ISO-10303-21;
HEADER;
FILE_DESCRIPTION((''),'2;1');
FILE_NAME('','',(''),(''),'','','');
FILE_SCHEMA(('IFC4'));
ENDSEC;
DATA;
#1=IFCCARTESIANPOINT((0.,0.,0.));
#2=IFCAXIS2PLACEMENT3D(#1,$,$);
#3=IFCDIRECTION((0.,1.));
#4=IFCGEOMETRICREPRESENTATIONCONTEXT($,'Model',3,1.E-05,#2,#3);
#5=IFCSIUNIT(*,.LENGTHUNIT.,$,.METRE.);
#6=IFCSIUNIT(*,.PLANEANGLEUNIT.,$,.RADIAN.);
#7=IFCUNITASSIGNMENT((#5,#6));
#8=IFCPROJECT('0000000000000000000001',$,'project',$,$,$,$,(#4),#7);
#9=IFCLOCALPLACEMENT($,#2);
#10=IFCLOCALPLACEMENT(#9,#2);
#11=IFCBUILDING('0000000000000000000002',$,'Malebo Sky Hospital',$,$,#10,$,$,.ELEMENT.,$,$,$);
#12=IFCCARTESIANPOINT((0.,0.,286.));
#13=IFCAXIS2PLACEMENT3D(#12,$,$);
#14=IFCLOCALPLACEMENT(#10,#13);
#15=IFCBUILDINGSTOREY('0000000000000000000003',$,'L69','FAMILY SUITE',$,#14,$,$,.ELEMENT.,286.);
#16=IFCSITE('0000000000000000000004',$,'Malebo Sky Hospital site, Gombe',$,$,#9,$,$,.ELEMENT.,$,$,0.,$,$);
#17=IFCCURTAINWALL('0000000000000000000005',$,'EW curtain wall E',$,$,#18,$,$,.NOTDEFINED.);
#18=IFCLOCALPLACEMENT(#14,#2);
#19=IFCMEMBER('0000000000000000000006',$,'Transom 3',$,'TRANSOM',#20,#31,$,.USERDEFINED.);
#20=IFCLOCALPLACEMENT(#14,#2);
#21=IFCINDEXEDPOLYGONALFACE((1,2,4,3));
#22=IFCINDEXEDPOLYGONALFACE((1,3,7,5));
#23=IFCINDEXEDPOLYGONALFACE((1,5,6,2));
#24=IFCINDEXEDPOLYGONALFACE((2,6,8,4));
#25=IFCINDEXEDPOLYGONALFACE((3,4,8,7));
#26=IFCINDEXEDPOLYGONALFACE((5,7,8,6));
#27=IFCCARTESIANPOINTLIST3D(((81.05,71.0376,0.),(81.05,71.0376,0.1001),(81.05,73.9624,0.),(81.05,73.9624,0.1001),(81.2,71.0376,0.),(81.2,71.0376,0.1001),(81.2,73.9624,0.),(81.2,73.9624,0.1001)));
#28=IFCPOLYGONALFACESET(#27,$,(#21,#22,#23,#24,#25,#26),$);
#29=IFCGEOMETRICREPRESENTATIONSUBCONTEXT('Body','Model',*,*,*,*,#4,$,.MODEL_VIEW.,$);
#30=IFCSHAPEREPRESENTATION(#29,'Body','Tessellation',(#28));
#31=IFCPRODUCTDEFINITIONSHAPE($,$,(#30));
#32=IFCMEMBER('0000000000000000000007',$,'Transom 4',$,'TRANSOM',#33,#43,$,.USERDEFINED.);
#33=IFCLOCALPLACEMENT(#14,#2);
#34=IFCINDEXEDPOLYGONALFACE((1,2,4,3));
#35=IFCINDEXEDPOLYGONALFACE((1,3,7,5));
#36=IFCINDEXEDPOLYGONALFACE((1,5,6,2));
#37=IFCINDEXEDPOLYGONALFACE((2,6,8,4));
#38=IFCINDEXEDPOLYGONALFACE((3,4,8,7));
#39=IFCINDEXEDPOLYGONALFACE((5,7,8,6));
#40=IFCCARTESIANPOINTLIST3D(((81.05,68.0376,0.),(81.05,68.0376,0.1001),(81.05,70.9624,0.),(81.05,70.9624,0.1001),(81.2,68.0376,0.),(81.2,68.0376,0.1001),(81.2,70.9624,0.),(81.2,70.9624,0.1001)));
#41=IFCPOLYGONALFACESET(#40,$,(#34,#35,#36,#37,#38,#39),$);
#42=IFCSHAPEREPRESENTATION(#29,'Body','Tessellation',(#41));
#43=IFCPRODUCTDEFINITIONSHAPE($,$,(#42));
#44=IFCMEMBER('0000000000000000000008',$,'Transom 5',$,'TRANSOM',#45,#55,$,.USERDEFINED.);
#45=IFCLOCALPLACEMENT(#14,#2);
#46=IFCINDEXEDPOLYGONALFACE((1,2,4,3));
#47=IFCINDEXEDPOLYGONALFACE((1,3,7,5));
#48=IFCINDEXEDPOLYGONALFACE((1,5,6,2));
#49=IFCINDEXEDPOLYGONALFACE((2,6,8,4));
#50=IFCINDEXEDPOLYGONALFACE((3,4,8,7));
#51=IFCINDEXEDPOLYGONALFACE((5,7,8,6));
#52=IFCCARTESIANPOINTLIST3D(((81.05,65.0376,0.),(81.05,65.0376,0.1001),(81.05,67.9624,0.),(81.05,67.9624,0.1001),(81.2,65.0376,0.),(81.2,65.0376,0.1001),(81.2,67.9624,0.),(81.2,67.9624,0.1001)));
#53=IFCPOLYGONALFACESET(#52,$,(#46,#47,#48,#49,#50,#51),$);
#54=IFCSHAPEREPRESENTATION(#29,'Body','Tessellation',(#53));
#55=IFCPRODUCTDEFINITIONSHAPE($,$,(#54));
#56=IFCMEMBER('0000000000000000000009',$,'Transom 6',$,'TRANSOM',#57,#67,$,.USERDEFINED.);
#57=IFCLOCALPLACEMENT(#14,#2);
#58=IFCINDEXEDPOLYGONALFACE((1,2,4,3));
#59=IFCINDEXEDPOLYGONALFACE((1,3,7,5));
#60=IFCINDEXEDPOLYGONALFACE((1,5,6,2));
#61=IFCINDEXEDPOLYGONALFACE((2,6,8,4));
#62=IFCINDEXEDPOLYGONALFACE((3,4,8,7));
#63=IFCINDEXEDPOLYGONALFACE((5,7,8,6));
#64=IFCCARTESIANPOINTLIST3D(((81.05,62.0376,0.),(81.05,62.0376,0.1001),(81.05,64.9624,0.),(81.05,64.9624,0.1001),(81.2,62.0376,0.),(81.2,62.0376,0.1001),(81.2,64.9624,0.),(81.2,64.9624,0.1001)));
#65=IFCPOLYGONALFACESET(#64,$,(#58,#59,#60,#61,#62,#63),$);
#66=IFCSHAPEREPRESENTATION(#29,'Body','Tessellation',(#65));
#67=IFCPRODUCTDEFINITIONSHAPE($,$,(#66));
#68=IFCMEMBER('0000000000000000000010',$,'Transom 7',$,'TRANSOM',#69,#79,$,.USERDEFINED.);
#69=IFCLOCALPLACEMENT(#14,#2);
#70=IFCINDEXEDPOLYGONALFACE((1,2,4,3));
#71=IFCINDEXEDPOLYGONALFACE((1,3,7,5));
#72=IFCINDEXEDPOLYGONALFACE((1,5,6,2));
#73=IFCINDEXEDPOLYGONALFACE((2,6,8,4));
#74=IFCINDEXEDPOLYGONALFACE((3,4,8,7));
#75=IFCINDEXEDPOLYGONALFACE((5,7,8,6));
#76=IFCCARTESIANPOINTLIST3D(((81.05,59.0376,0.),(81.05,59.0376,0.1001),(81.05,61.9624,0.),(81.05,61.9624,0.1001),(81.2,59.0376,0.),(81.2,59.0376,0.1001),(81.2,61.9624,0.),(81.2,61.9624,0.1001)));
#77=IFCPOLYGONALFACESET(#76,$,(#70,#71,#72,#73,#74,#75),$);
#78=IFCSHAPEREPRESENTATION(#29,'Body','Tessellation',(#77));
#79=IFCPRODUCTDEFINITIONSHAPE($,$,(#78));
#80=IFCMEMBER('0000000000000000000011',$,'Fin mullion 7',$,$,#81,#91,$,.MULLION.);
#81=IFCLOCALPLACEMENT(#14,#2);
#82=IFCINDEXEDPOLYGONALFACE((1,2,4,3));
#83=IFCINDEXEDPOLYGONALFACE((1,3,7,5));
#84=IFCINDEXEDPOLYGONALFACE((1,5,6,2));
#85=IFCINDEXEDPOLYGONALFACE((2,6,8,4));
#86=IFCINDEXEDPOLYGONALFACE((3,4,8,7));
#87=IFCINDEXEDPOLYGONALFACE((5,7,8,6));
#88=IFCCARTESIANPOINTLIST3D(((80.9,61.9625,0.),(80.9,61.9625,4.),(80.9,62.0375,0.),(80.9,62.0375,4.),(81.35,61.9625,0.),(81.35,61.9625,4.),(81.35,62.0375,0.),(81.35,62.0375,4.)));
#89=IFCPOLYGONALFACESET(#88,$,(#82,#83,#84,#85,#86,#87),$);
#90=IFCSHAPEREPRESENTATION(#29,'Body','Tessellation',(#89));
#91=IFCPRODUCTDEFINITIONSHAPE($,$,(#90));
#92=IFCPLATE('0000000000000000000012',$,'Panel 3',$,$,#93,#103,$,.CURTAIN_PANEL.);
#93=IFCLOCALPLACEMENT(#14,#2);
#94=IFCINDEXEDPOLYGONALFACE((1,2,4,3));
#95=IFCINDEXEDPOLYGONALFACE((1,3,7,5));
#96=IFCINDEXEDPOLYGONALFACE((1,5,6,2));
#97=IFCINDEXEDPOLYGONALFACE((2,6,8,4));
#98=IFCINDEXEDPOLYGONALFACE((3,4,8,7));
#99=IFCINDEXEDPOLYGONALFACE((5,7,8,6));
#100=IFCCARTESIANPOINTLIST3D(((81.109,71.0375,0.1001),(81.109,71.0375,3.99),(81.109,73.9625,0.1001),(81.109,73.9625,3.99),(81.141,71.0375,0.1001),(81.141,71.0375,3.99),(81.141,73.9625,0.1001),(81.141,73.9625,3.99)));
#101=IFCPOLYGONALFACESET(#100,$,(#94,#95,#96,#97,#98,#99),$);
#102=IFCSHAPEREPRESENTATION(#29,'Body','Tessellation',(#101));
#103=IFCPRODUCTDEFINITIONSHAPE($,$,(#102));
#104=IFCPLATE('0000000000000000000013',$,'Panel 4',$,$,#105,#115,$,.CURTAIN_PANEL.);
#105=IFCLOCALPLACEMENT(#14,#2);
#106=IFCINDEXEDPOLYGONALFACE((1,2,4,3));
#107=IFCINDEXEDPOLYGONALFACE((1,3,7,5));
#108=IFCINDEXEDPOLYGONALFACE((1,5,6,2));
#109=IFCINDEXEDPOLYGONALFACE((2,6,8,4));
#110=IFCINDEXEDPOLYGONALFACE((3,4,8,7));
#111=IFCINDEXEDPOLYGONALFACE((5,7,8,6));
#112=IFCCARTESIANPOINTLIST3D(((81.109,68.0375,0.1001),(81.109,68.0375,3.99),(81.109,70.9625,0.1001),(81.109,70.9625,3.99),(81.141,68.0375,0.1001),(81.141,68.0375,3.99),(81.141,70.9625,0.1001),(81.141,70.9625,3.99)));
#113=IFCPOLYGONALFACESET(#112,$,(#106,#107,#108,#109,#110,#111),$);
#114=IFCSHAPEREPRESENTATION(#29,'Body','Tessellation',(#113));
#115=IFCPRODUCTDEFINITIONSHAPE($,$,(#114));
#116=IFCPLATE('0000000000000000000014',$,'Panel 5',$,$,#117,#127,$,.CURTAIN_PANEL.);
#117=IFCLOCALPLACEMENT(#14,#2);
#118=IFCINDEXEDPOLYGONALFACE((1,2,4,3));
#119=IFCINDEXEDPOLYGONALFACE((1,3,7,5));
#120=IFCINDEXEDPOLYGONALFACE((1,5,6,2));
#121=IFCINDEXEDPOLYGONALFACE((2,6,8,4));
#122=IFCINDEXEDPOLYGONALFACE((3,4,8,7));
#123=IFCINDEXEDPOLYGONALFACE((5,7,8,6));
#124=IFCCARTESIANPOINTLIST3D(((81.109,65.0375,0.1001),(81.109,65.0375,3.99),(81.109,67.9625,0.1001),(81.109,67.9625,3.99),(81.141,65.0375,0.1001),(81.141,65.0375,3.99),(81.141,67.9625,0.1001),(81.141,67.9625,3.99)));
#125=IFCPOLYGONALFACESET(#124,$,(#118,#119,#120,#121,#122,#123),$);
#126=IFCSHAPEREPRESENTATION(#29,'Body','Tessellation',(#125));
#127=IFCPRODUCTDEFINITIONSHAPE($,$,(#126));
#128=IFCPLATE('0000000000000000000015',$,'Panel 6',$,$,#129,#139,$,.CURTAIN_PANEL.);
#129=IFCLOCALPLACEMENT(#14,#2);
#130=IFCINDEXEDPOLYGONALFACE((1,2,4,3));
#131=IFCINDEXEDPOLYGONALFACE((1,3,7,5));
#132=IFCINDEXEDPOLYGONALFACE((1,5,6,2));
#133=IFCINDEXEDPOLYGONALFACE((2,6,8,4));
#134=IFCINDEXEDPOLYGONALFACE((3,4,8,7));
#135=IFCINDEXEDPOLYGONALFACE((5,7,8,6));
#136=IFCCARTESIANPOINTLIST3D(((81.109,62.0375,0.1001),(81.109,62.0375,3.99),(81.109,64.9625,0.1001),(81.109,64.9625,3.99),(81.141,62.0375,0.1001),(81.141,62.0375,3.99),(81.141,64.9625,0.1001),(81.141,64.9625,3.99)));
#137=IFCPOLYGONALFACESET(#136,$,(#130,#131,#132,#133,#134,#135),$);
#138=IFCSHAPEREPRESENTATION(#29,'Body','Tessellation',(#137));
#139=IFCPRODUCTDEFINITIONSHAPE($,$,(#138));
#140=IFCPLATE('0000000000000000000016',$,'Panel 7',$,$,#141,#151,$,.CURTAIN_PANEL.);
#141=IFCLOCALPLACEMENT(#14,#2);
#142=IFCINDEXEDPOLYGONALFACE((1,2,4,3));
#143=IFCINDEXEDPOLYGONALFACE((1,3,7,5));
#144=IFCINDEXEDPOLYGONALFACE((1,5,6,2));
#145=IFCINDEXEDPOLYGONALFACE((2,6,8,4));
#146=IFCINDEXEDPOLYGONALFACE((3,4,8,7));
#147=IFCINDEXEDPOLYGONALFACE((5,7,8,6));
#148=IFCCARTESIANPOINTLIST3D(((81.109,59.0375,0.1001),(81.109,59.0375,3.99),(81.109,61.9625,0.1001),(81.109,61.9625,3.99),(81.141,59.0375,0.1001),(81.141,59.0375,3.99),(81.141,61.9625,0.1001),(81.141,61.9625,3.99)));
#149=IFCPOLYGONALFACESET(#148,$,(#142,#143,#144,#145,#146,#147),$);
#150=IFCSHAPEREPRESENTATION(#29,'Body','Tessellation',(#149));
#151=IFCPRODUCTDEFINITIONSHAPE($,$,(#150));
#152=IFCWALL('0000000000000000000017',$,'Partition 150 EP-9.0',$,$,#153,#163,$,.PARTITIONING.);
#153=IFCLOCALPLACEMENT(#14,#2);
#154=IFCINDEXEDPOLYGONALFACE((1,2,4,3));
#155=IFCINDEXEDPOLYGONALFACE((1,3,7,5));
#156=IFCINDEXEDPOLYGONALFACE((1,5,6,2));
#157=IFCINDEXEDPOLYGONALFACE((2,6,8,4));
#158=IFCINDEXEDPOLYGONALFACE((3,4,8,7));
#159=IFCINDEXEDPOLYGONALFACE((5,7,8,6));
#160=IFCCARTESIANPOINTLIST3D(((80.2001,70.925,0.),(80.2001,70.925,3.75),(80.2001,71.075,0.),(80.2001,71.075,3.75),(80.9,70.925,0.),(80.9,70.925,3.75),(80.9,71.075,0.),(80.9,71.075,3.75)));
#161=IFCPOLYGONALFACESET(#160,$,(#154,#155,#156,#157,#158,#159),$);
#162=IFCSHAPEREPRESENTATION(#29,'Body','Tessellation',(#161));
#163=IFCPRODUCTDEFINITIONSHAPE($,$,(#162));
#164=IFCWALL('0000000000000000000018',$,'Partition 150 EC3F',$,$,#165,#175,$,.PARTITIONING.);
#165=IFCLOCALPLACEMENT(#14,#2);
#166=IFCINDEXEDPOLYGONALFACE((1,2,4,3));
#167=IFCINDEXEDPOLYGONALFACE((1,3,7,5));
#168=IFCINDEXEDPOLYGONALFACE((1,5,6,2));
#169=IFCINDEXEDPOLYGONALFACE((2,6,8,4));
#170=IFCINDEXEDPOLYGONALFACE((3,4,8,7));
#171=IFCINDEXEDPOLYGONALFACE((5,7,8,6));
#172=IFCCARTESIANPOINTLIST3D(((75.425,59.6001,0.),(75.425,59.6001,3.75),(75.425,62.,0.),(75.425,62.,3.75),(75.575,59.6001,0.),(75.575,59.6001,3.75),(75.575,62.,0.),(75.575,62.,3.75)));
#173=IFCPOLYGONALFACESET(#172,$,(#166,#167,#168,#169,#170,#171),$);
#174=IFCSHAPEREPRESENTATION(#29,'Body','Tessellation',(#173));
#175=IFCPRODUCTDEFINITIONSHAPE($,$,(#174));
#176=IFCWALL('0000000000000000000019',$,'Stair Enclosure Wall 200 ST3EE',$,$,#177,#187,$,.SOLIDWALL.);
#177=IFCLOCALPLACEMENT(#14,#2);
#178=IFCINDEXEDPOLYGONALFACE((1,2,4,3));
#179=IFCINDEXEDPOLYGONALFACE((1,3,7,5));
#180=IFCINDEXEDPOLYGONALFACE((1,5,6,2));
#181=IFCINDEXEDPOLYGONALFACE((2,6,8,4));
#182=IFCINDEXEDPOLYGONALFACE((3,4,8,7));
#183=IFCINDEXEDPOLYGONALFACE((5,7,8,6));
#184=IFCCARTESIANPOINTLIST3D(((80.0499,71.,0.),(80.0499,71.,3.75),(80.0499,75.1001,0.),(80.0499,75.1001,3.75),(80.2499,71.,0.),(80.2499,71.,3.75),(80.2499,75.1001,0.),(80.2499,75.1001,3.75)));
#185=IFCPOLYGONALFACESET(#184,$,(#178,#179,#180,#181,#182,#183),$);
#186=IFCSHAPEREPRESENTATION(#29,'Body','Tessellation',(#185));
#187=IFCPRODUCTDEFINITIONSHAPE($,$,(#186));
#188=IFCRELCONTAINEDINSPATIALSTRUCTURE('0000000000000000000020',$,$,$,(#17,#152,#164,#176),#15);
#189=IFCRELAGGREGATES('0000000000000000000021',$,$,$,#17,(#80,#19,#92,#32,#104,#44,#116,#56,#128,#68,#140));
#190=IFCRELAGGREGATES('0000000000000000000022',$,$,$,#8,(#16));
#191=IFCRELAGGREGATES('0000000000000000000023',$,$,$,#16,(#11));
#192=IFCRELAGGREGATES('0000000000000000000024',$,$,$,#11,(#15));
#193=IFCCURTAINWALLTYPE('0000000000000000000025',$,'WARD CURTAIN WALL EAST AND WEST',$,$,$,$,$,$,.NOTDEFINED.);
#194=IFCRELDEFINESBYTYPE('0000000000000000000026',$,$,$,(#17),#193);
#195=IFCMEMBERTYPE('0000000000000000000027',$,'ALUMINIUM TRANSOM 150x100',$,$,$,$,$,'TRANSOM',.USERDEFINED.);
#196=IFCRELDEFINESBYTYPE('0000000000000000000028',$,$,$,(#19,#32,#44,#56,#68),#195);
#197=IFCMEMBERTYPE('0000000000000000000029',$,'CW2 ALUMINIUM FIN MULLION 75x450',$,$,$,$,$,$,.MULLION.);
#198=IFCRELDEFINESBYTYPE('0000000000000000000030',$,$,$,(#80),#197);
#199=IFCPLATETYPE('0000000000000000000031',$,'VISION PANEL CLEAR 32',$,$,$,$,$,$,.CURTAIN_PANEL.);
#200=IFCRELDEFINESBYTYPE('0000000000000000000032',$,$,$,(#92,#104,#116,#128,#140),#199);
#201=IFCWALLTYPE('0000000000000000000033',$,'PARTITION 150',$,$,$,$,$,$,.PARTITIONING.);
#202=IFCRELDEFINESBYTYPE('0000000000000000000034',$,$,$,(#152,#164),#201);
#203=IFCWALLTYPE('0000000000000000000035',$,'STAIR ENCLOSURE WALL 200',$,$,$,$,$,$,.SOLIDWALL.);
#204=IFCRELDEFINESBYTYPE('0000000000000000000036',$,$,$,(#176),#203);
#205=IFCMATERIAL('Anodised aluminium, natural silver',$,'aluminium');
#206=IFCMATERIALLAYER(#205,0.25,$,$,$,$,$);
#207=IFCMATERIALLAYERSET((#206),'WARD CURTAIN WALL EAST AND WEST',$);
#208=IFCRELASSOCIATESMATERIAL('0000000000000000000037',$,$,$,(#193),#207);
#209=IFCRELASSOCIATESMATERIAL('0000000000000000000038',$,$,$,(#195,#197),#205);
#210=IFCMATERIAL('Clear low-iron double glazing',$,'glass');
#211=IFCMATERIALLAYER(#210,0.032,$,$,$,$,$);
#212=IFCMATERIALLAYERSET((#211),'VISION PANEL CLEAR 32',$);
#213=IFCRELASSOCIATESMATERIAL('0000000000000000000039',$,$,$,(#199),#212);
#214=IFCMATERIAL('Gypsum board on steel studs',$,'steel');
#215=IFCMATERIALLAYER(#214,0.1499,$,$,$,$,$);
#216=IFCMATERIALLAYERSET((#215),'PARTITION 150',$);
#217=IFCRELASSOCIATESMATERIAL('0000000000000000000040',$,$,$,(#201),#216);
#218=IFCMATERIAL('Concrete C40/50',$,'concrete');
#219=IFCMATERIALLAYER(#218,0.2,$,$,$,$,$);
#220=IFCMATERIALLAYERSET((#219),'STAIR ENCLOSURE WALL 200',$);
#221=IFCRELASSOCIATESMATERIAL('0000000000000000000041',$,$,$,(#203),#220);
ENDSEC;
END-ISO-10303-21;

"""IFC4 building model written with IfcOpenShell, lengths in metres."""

from ifc_helpers import new_model, si_unit, direction, frame, frame_2d, origin, origin_2d, place, context, subcontext, project, spatial, rectangle, extrude, material, layer, layer_set, material_profile, profile_set, type_object, element, aggregate, save


model = new_model("IFC4")

# Units and contexts
model_context = context("Model", 3, precision=1e-05, world=origin(), true_north=direction((0.0, 1.0)))
body_context = subcontext(model_context, "Body", "Model", "MODEL_VIEW")
ifc_project = project(units=[si_unit("LENGTHUNIT", "METRE"), si_unit("PLANEANGLEUNIT", "RADIAN")], contexts=[model_context])

# Site, building, storey
site_placement = place(None, origin())
site = spatial("IfcSite", under=ifc_project, at=site_placement, Name="Malebo Sky Hospital site, Gombe", CompositionType="ELEMENT", RefElevation=0.0)
building_placement = place(site_placement, origin())
building = spatial("IfcBuilding", under=site, at=building_placement, Name="Malebo Sky Hospital", CompositionType="ELEMENT")
storey_placement = place(building_placement, frame((0.0, 0.0, 286.0)))
storey = spatial("IfcBuildingStorey", under=building, at=storey_placement, Name="L69", Description="FAMILY SUITE", CompositionType="ELEMENT", Elevation=286.0)

# Curtain wall, members, plates
ifc_material_1 = material(Name="Anodised aluminium, natural silver", Category="aluminium")
ifc_layer_1 = layer(ifc_material_1, 0.25)
ifc_layer_set_1 = layer_set([ifc_layer_1], Name="WARD CURTAIN WALL EAST AND WEST")
curtain_wall_type = type_object("IfcCurtainWallType", Name="WARD CURTAIN WALL EAST AND WEST", PredefinedType="NOTDEFINED", material=ifc_layer_set_1)
curtain_wall_placement = place(storey_placement, origin())
curtain_wall = element("IfcCurtainWall", 1, at=curtain_wall_placement, inside=storey, type_object=curtain_wall_type, Name="EW curtain wall E", PredefinedType="NOTDEFINED")
ifc_material_profile_1 = material_profile(ifc_material_1, rectangle(XDim=0.1499, YDim=0.1001, at=origin_2d()), Name="ALUMINIUM TRANSOM 150x100")
ifc_profile_set_1 = profile_set([ifc_material_profile_1], Name="Anodised aluminium, natural silver")
member_type_1 = type_object("IfcMemberType", Name="ALUMINIUM TRANSOM 150x100", ElementType="TRANSOM", PredefinedType="USERDEFINED", material=ifc_profile_set_1)
member_1_placement = place(storey_placement, frame((81.125, 73.9624, 0.05), z_axis=(0.0, -1.0, 0.0), x_axis=(1.0, 0.0, 0.0)))
member_1 = element("IfcMember", 2, at=member_1_placement, type_object=member_type_1, Name="Transom 3", ObjectType="TRANSOM", PredefinedType="USERDEFINED", context=body_context, shape_type="SweptSolid", body=[
    extrude(rectangle(XDim=0.1499, YDim=0.1001, at=origin_2d()), origin(), (0.0, 0.0, 1.0), 2.9248),
])
member_2_placement = place(storey_placement, frame((81.125, 70.9624, 0.05), z_axis=(0.0, -1.0, 0.0), x_axis=(1.0, 0.0, 0.0)))
member_2 = element("IfcMember", 3, at=member_2_placement, type_object=member_type_1, Name="Transom 4", ObjectType="TRANSOM", PredefinedType="USERDEFINED", context=body_context, shape_type="SweptSolid", body=[
    extrude(rectangle(XDim=0.1499, YDim=0.1001, at=origin_2d()), origin(), (0.0, 0.0, 1.0), 2.9248),
])
member_3_placement = place(storey_placement, frame((81.125, 67.9624, 0.05), z_axis=(0.0, -1.0, 0.0), x_axis=(1.0, 0.0, 0.0)))
member_3 = element("IfcMember", 4, at=member_3_placement, type_object=member_type_1, Name="Transom 5", ObjectType="TRANSOM", PredefinedType="USERDEFINED", context=body_context, shape_type="SweptSolid", body=[
    extrude(rectangle(XDim=0.1499, YDim=0.1001, at=origin_2d()), origin(), (0.0, 0.0, 1.0), 2.9248),
])
member_4_placement = place(storey_placement, frame((81.125, 64.9624, 0.05), z_axis=(0.0, -1.0, 0.0), x_axis=(1.0, 0.0, 0.0)))
member_4 = element("IfcMember", 5, at=member_4_placement, type_object=member_type_1, Name="Transom 6", ObjectType="TRANSOM", PredefinedType="USERDEFINED", context=body_context, shape_type="SweptSolid", body=[
    extrude(rectangle(XDim=0.1499, YDim=0.1001, at=origin_2d()), origin(), (0.0, 0.0, 1.0), 2.9248),
])
member_5_placement = place(storey_placement, frame((81.125, 61.9624, 0.05), z_axis=(0.0, -1.0, 0.0), x_axis=(1.0, 0.0, 0.0)))
member_5 = element("IfcMember", 6, at=member_5_placement, type_object=member_type_1, Name="Transom 7", ObjectType="TRANSOM", PredefinedType="USERDEFINED", context=body_context, shape_type="SweptSolid", body=[
    extrude(rectangle(XDim=0.1499, YDim=0.1001, at=origin_2d()), origin(), (0.0, 0.0, 1.0), 2.9248),
])
ifc_material_profile_2 = material_profile(ifc_material_1, rectangle(XDim=0.075, YDim=0.45, at=origin_2d()), Name="CW2 ALUMINIUM FIN MULLION 75x450")
ifc_profile_set_2 = profile_set([ifc_material_profile_2], Name="Anodised aluminium, natural silver")
member_type_2 = type_object("IfcMemberType", Name="CW2 ALUMINIUM FIN MULLION 75x450", PredefinedType="MULLION", material=ifc_profile_set_2)
member_6_placement = place(storey_placement, frame((81.125, 62.0, 0.0), z_axis=(0.0, 0.0, 1.0), x_axis=(0.0, -1.0, 0.0)))
member_6 = element("IfcMember", 7, at=member_6_placement, type_object=member_type_2, Name="Fin mullion 7", PredefinedType="MULLION", context=body_context, shape_type="SweptSolid", body=[
    extrude(rectangle(XDim=0.075, YDim=0.45, at=origin_2d()), origin(), (0.0, 0.0, 1.0), 4.0),
])
ifc_material_2 = material(Name="Clear low-iron double glazing", Category="glass")
ifc_layer_2 = layer(ifc_material_2, 0.032)
ifc_layer_set_2 = layer_set([ifc_layer_2], Name="VISION PANEL CLEAR 32")
plate_type = type_object("IfcPlateType", Name="VISION PANEL CLEAR 32", PredefinedType="CURTAIN_PANEL", material=ifc_layer_set_2)
plate_1_placement = place(storey_placement, frame((81.125, 72.5, 0.1001), z_axis=(0.0, 0.0, 1.0), x_axis=(0.0, -1.0, 0.0)))
plate_1 = element("IfcPlate", 8, at=plate_1_placement, type_object=plate_type, Name="Panel 3", PredefinedType="CURTAIN_PANEL", context=body_context, shape_type="SweptSolid", body=[
    extrude(rectangle(XDim=2.925, YDim=0.032, at=origin_2d()), origin(), (0.0, 0.0, 1.0), 3.8899),
])
plate_2_placement = place(storey_placement, frame((81.125, 69.5, 0.1001), z_axis=(0.0, 0.0, 1.0), x_axis=(0.0, -1.0, 0.0)))
plate_2 = element("IfcPlate", 9, at=plate_2_placement, type_object=plate_type, Name="Panel 4", PredefinedType="CURTAIN_PANEL", context=body_context, shape_type="SweptSolid", body=[
    extrude(rectangle(XDim=2.925, YDim=0.032, at=origin_2d()), origin(), (0.0, 0.0, 1.0), 3.8899),
])
plate_3_placement = place(storey_placement, frame((81.125, 66.5, 0.1001), z_axis=(0.0, 0.0, 1.0), x_axis=(0.0, -1.0, 0.0)))
plate_3 = element("IfcPlate", 10, at=plate_3_placement, type_object=plate_type, Name="Panel 5", PredefinedType="CURTAIN_PANEL", context=body_context, shape_type="SweptSolid", body=[
    extrude(rectangle(XDim=2.925, YDim=0.032, at=origin_2d()), origin(), (0.0, 0.0, 1.0), 3.8899),
])
plate_4_placement = place(storey_placement, frame((81.125, 63.5, 0.1001), z_axis=(0.0, 0.0, 1.0), x_axis=(0.0, -1.0, 0.0)))
plate_4 = element("IfcPlate", 11, at=plate_4_placement, type_object=plate_type, Name="Panel 6", PredefinedType="CURTAIN_PANEL", context=body_context, shape_type="SweptSolid", body=[
    extrude(rectangle(XDim=2.925, YDim=0.032, at=origin_2d()), origin(), (0.0, 0.0, 1.0), 3.8899),
])
plate_5_placement = place(storey_placement, frame((81.125, 60.5, 0.1001), z_axis=(0.0, 0.0, 1.0), x_axis=(0.0, -1.0, 0.0)))
plate_5 = element("IfcPlate", 12, at=plate_5_placement, type_object=plate_type, Name="Panel 7", PredefinedType="CURTAIN_PANEL", context=body_context, shape_type="SweptSolid", body=[
    extrude(rectangle(XDim=2.925, YDim=0.032, at=origin_2d()), origin(), (0.0, 0.0, 1.0), 3.8899),
])
aggregate(curtain_wall, [member_6, member_1, plate_1, member_2, plate_2, member_3, plate_3, member_4, plate_4, member_5, plate_5])

# Walls
ifc_material_3 = material(Name="Gypsum board on steel studs", Category="steel")
ifc_layer_3 = layer(ifc_material_3, 0.1499)
ifc_layer_set_3 = layer_set([ifc_layer_3], Name="PARTITION 150")
wall_type_1 = type_object("IfcWallType", Name="PARTITION 150", PredefinedType="PARTITIONING", material=ifc_layer_set_3)
wall_1_placement = place(storey_placement, frame((80.2, 71.0, 0.0), z_axis=(0.0, 0.0, 1.0), x_axis=(1.0, 0.0, 0.0)))
element("IfcWall", 13, at=wall_1_placement, inside=storey, type_object=wall_type_1, Name="Partition 150 EP-9.0", PredefinedType="PARTITIONING", context=body_context, shape_type="SweptSolid", body=[
    extrude(rectangle(XDim=0.7, YDim=0.1499, at=frame_2d((0.3501, 0.0))), origin(), (0.0, 0.0, 1.0), 3.75),
])
wall_2_placement = place(storey_placement, frame((75.5, 62.0, 0.0), z_axis=(0.0, 0.0, 1.0), x_axis=(0.0, -1.0, 0.0)))
element("IfcWall", 14, at=wall_2_placement, inside=storey, type_object=wall_type_1, Name="Partition 150 EC3F", PredefinedType="PARTITIONING", context=body_context, shape_type="SweptSolid", body=[
    extrude(rectangle(XDim=2.3999, YDim=0.1499, at=frame_2d((1.2, 0.0))), origin(), (0.0, 0.0, 1.0), 3.75),
])
ifc_material_4 = material(Name="Concrete C40/50", Category="concrete")
ifc_layer_4 = layer(ifc_material_4, 0.2)
ifc_layer_set_4 = layer_set([ifc_layer_4], Name="STAIR ENCLOSURE WALL 200")
wall_type_2 = type_object("IfcWallType", Name="STAIR ENCLOSURE WALL 200", PredefinedType="SOLIDWALL", material=ifc_layer_set_4)
wall_3_placement = place(storey_placement, frame((80.1499, 71.0, 0.0), z_axis=(0.0, 0.0, 1.0), x_axis=(0.0, 1.0, 0.0)))
element("IfcWall", 15, at=wall_3_placement, inside=storey, type_object=wall_type_2, Name="Stair Enclosure Wall 200 ST3EE", PredefinedType="SOLIDWALL", context=body_context, shape_type="SweptSolid", body=[
    extrude(rectangle(XDim=4.1001, YDim=0.2, at=frame_2d((2.05, 0.0))), origin(), (0.0, 0.0, 1.0), 3.75),
])

save(model, "model.ifc")
